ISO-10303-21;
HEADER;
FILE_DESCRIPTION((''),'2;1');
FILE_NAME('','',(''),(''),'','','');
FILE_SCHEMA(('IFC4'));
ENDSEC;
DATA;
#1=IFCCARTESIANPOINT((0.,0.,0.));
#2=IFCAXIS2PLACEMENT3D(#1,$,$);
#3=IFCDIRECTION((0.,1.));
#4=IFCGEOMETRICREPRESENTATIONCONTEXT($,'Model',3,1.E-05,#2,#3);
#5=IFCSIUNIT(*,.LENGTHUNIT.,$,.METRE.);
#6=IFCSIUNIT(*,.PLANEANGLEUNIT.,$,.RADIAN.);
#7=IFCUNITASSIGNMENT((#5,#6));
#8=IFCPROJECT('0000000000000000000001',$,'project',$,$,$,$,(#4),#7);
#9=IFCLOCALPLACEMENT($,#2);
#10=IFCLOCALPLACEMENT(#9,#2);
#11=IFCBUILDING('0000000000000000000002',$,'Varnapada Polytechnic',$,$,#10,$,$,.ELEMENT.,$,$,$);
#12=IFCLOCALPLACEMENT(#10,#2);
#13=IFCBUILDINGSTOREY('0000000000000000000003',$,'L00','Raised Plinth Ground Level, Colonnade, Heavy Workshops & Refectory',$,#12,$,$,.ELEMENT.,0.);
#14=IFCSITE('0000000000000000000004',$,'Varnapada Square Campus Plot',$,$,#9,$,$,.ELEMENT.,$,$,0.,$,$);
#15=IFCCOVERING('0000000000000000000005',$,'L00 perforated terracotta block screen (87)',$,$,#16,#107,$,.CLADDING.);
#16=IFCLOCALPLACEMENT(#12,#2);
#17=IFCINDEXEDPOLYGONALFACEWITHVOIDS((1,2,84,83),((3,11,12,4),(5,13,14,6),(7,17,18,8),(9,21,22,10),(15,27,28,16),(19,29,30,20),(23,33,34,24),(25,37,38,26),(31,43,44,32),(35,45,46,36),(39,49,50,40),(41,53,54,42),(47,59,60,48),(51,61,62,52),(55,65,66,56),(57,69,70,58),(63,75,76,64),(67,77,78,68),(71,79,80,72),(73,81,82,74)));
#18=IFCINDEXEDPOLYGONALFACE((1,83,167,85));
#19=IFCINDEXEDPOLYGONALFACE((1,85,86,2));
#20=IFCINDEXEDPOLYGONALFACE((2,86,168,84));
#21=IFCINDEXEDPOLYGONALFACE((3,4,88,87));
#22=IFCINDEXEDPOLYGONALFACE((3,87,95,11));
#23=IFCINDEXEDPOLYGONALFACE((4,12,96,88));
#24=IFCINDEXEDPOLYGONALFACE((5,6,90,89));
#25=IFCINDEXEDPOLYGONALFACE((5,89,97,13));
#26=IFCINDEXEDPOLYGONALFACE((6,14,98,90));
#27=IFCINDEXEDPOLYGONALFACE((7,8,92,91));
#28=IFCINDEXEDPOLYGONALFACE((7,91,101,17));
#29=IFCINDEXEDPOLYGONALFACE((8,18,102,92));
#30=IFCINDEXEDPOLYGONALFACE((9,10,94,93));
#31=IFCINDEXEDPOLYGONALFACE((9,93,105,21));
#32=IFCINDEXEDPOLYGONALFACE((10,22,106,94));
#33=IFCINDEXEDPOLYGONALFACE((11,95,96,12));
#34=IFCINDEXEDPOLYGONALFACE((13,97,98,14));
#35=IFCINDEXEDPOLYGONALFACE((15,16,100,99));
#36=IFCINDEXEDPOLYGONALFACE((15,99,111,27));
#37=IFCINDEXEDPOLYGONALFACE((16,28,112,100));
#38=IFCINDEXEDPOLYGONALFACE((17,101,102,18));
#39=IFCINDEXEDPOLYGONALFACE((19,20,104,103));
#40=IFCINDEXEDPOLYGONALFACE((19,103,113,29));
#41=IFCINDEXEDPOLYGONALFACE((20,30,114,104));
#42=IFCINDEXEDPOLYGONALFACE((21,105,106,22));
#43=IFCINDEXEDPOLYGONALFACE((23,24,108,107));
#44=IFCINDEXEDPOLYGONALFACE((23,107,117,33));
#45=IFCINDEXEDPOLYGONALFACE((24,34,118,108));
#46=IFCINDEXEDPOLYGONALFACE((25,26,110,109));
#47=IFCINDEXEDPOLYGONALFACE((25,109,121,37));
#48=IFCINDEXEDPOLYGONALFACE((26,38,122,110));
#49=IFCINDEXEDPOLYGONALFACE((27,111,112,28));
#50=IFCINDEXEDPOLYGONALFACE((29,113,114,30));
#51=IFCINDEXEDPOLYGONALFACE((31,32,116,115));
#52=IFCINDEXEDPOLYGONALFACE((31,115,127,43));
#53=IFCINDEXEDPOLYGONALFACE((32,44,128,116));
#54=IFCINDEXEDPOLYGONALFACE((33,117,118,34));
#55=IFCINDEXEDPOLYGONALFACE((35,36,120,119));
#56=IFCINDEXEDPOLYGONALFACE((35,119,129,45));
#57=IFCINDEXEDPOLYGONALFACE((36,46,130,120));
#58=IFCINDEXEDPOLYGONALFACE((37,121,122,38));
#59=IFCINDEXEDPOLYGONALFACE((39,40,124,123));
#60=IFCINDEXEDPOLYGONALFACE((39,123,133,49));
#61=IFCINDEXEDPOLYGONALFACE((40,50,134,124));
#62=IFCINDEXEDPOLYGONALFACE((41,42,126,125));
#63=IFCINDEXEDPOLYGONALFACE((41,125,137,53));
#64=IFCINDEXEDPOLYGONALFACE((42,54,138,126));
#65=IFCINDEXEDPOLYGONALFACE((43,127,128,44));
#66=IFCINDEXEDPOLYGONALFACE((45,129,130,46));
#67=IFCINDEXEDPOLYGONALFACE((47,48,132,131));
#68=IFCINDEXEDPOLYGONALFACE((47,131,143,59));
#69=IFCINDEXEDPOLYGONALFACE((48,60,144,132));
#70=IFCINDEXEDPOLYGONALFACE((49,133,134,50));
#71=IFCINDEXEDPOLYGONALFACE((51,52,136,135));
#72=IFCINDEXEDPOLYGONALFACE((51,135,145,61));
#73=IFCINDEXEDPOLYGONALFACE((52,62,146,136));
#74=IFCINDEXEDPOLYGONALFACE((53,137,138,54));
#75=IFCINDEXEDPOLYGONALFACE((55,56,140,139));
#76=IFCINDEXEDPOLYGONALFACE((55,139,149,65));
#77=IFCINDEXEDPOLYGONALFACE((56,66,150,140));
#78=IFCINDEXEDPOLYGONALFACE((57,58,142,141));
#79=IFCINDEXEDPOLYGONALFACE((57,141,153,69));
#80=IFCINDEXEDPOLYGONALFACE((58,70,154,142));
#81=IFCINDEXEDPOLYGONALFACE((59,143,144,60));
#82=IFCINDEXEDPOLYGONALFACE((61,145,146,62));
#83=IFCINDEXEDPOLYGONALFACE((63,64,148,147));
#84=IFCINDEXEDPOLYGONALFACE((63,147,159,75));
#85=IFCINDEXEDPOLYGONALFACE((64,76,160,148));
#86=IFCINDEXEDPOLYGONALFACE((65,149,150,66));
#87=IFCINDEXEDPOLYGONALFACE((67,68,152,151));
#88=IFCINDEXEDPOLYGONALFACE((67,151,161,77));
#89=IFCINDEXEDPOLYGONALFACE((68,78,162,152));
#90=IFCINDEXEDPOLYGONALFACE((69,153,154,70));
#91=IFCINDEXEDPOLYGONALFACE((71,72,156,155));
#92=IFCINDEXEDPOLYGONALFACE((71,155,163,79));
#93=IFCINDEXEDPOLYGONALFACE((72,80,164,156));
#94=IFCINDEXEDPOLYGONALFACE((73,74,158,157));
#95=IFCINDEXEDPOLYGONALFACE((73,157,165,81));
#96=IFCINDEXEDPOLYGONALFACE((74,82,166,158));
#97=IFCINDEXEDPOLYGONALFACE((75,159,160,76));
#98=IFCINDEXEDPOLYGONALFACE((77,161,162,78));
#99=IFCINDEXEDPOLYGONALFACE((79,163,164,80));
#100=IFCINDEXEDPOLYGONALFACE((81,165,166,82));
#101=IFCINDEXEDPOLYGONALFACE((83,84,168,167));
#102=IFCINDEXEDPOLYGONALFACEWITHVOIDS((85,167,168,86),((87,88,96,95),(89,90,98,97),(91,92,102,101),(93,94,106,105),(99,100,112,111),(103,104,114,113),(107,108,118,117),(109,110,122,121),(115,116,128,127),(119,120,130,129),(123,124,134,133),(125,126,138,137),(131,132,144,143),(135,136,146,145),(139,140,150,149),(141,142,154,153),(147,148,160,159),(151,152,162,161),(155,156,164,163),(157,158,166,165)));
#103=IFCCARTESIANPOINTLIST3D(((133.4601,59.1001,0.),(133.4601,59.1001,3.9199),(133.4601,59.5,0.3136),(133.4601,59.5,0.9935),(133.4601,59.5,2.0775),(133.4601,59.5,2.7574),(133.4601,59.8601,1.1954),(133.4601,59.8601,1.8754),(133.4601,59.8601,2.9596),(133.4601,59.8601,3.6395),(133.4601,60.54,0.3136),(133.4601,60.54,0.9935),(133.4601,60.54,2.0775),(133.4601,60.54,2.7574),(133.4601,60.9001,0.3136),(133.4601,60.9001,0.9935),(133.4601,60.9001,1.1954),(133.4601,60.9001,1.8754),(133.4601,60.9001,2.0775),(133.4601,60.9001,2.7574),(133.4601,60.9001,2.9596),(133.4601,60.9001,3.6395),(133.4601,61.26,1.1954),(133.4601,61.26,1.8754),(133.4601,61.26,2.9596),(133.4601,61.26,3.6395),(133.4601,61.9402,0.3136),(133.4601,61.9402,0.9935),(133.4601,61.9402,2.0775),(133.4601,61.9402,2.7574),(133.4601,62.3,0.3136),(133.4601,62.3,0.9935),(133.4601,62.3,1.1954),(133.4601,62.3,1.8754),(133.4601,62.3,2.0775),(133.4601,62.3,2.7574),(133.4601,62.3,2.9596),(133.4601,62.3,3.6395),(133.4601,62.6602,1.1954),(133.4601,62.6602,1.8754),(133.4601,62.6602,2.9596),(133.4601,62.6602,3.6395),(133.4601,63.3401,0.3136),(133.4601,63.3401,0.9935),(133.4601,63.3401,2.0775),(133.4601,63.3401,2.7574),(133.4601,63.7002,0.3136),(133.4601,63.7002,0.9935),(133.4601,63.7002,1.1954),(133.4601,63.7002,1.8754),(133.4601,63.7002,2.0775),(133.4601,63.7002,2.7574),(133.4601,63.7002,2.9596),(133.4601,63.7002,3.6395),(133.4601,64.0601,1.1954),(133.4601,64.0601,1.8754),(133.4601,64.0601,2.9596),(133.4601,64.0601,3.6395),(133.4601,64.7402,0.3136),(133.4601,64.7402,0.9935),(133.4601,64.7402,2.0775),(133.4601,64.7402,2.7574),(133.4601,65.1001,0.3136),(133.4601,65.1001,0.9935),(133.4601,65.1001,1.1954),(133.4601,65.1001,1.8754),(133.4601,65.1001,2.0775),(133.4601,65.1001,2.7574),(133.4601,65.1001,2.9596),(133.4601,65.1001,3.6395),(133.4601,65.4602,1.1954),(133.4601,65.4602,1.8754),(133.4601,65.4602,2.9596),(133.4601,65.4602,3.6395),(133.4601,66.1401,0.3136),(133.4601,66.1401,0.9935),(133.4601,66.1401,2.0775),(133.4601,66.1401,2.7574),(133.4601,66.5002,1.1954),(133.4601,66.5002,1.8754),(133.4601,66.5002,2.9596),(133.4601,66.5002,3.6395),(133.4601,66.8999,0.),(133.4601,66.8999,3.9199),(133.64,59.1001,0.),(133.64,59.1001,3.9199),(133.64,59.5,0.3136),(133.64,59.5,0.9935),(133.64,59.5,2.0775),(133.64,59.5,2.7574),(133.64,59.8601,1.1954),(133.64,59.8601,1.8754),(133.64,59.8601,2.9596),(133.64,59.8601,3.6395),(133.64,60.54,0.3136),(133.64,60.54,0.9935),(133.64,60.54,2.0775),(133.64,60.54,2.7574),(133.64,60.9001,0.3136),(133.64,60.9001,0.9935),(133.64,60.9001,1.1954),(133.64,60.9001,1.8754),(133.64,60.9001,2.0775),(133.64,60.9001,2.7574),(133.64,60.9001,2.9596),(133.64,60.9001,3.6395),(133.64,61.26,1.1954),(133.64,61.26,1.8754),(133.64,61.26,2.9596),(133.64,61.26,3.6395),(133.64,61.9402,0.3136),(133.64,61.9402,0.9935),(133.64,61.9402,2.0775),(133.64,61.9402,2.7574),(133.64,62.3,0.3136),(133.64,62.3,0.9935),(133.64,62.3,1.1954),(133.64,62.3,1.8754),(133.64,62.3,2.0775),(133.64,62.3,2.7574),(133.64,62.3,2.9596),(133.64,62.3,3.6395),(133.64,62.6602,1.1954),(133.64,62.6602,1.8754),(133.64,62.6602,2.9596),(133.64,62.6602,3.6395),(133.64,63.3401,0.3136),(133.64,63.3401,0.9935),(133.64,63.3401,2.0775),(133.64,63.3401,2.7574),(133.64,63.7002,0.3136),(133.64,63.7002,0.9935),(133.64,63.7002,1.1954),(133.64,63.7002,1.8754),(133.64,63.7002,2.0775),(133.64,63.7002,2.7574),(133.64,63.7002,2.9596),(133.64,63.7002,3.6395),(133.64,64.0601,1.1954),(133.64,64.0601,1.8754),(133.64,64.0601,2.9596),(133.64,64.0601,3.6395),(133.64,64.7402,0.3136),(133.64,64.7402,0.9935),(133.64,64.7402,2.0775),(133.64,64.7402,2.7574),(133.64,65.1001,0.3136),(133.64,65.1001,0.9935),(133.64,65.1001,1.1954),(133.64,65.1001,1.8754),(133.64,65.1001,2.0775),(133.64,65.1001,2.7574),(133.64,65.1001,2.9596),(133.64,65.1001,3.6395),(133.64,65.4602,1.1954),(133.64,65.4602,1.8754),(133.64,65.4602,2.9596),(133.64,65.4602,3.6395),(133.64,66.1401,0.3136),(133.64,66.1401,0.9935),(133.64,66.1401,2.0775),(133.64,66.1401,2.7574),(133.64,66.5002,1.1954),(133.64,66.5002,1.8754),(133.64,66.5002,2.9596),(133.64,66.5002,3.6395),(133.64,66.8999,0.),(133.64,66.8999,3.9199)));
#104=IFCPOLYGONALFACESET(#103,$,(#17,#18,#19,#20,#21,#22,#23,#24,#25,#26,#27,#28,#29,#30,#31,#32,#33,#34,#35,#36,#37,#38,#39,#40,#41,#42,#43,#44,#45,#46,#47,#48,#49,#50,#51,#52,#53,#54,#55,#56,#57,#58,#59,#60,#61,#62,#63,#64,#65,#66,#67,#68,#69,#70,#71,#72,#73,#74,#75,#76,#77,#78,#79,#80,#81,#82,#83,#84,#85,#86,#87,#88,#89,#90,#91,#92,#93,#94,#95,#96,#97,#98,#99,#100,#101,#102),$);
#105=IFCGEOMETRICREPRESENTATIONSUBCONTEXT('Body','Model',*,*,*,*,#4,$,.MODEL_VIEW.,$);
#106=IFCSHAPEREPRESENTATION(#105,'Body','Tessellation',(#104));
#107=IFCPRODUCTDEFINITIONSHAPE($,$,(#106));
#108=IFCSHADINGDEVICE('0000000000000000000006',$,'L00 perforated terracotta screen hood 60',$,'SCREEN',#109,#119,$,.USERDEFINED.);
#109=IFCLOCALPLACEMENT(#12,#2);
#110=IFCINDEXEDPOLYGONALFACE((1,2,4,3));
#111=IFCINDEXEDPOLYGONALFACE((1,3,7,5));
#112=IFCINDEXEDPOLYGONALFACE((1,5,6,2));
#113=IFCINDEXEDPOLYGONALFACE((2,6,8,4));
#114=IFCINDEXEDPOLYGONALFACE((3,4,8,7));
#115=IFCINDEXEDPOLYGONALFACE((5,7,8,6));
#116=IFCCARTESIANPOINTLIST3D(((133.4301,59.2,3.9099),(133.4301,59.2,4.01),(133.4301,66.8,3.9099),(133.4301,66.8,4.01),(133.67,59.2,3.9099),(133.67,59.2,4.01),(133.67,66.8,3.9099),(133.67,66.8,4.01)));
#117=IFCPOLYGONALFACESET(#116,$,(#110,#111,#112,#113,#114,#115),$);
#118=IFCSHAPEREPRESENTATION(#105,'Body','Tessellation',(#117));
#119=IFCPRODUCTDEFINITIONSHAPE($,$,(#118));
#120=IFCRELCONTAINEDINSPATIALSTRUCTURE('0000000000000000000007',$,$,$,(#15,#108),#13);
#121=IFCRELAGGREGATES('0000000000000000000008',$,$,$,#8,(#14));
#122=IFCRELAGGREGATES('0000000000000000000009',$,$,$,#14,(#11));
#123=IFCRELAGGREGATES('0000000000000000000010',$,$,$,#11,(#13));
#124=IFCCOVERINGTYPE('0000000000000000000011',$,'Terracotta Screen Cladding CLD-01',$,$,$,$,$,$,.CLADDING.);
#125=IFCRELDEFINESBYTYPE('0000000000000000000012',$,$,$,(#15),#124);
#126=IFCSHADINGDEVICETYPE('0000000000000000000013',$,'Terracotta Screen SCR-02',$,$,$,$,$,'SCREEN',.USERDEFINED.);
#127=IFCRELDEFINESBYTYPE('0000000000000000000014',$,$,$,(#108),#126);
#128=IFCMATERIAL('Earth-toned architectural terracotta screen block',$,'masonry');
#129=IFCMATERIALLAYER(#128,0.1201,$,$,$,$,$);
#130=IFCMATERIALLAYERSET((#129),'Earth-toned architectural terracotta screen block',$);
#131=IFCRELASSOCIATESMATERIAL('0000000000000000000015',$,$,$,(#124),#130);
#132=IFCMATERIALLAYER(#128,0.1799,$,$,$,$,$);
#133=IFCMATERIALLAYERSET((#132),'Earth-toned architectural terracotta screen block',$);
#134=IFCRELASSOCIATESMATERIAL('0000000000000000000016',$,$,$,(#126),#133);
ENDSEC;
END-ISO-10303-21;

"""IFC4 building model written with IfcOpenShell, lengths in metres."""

from ifc_helpers import new_model, si_unit, direction, frame, frame_2d, origin, origin_2d, place, context, subcontext, project, spatial, rectangle, extrude, material, layer, layer_set, type_object, element, save


model = new_model("IFC4")

# Units and contexts
model_context = context("Model", 3, precision=1e-05, world=origin(), true_north=direction((0.0, 1.0)))
body_context = subcontext(model_context, "Body", "Model", "MODEL_VIEW")
ifc_project = project(units=[si_unit("LENGTHUNIT", "METRE"), si_unit("PLANEANGLEUNIT", "RADIAN")], contexts=[model_context])

# Site, building, storey
site_placement = place(None, origin())
site = spatial("IfcSite", under=ifc_project, at=site_placement, Name="Varnapada Square Campus Plot", CompositionType="ELEMENT", RefElevation=0.0)
building_placement = place(site_placement, origin())
building = spatial("IfcBuilding", under=site, at=building_placement, Name="Varnapada Polytechnic", CompositionType="ELEMENT")
storey_placement = place(building_placement, origin())
storey = spatial("IfcBuildingStorey", under=building, at=storey_placement, Name="L00", Description="Raised Plinth Ground Level, Colonnade, Heavy Workshops & Refectory", CompositionType="ELEMENT", Elevation=0.0)

# Covering, openings
ifc_material_1 = material(Name="Earth-toned architectural terracotta screen block", Category="masonry")
ifc_layer_1 = layer(ifc_material_1, 0.1201)
ifc_layer_set_1 = layer_set([ifc_layer_1], Name="Earth-toned architectural terracotta screen block")
covering_type = type_object("IfcCoveringType", Name="Terracotta Screen Cladding CLD-01", PredefinedType="CLADDING", material=ifc_layer_set_1)
covering_placement = place(storey_placement, frame((133.55, 59.1001, 0.0), z_axis=(0.0, 0.0, 1.0), x_axis=(0.0, 1.0, 0.0)))
covering = element("IfcCovering", 1, at=covering_placement, inside=storey, type_object=covering_type, Name="L00 perforated terracotta block screen (87)", PredefinedType="CLADDING", context=body_context, shape_type="SweptSolid", body=[
    extrude(rectangle(XDim=7.7998, YDim=0.1799, at=frame_2d((3.8999, 0.0))), origin(), (0.0, 0.0, 1.0), 3.9199),
])
opening_1_placement = place(covering_placement, frame((0.3999, 0.0, 0.3137)))
element("IfcOpeningElement", 2, at=opening_1_placement, cuts=covering, PredefinedType="OPENING", context=body_context, shape_type="SweptSolid", body=[
    extrude(rectangle(XDim=1.04, YDim=0.6799, at=frame_2d((0.52, 0.3398))), frame((0.0, 0.0999, 0.0), z_axis=(0.0, -1.0, 0.0), x_axis=(1.0, 0.0, 0.0)), (0.0, 0.0, 1.0), 0.2),
])
opening_2_placement = place(covering_placement, frame((1.8, 0.0, 0.3137)))
element("IfcOpeningElement", 3, at=opening_2_placement, cuts=covering, PredefinedType="OPENING", context=body_context, shape_type="SweptSolid", body=[
    extrude(rectangle(XDim=1.04, YDim=0.6799, at=frame_2d((0.52, 0.3398))), frame((0.0, 0.0999, 0.0), z_axis=(0.0, -1.0, 0.0), x_axis=(1.0, 0.0, 0.0)), (0.0, 0.0, 1.0), 0.2),
])
opening_3_placement = place(covering_placement, frame((3.2, 0.0, 0.3137)))
element("IfcOpeningElement", 4, at=opening_3_placement, cuts=covering, PredefinedType="OPENING", context=body_context, shape_type="SweptSolid", body=[
    extrude(rectangle(XDim=1.04, YDim=0.6799, at=frame_2d((0.52, 0.3398))), frame((0.0, 0.0999, 0.0), z_axis=(0.0, -1.0, 0.0), x_axis=(1.0, 0.0, 0.0)), (0.0, 0.0, 1.0), 0.2),
])
opening_4_placement = place(covering_placement, frame((4.6001, 0.0, 0.3137)))
element("IfcOpeningElement", 5, at=opening_4_placement, cuts=covering, PredefinedType="OPENING", context=body_context, shape_type="SweptSolid", body=[
    extrude(rectangle(XDim=1.04, YDim=0.6799, at=frame_2d((0.52, 0.3398))), frame((0.0, 0.0999, 0.0), z_axis=(0.0, -1.0, 0.0), x_axis=(1.0, 0.0, 0.0)), (0.0, 0.0, 1.0), 0.2),
])
opening_5_placement = place(covering_placement, frame((6.0, 0.0, 0.3137)))
element("IfcOpeningElement", 6, at=opening_5_placement, cuts=covering, PredefinedType="OPENING", context=body_context, shape_type="SweptSolid", body=[
    extrude(rectangle(XDim=1.04, YDim=0.6799, at=frame_2d((0.52, 0.3398))), frame((0.0, 0.0999, 0.0), z_axis=(0.0, -1.0, 0.0), x_axis=(1.0, 0.0, 0.0)), (0.0, 0.0, 1.0), 0.2),
])
opening_6_placement = place(covering_placement, frame((0.76, 0.0, 1.1956)))
element("IfcOpeningElement", 7, at=opening_6_placement, cuts=covering, PredefinedType="OPENING", context=body_context, shape_type="SweptSolid", body=[
    extrude(rectangle(XDim=1.04, YDim=0.6799, at=frame_2d((0.52, 0.3398))), frame((0.0, 0.0999, 0.0), z_axis=(0.0, -1.0, 0.0), x_axis=(1.0, 0.0, 0.0)), (0.0, 0.0, 1.0), 0.2),
])
opening_7_placement = place(covering_placement, frame((2.1599, 0.0, 1.1956)))
element("IfcOpeningElement", 8, at=opening_7_placement, cuts=covering, PredefinedType="OPENING", context=body_context, shape_type="SweptSolid", body=[
    extrude(rectangle(XDim=1.04, YDim=0.6799, at=frame_2d((0.52, 0.3398))), frame((0.0, 0.0999, 0.0), z_axis=(0.0, -1.0, 0.0), x_axis=(1.0, 0.0, 0.0)), (0.0, 0.0, 1.0), 0.2),
])
opening_8_placement = place(covering_placement, frame((3.5601, 0.0, 1.1956)))
element("IfcOpeningElement", 9, at=opening_8_placement, cuts=covering, PredefinedType="OPENING", context=body_context, shape_type="SweptSolid", body=[
    extrude(rectangle(XDim=1.04, YDim=0.6799, at=frame_2d((0.52, 0.3398))), frame((0.0, 0.0999, 0.0), z_axis=(0.0, -1.0, 0.0), x_axis=(1.0, 0.0, 0.0)), (0.0, 0.0, 1.0), 0.2),
])
opening_9_placement = place(covering_placement, frame((4.96, 0.0, 1.1956)))
element("IfcOpeningElement", 10, at=opening_9_placement, cuts=covering, PredefinedType="OPENING", context=body_context, shape_type="SweptSolid", body=[
    extrude(rectangle(XDim=1.04, YDim=0.6799, at=frame_2d((0.52, 0.3398))), frame((0.0, 0.0999, 0.0), z_axis=(0.0, -1.0, 0.0), x_axis=(1.0, 0.0, 0.0)), (0.0, 0.0, 1.0), 0.2),
])
opening_10_placement = place(covering_placement, frame((6.3601, 0.0, 1.1956)))
element("IfcOpeningElement", 11, at=opening_10_placement, cuts=covering, PredefinedType="OPENING", context=body_context, shape_type="SweptSolid", body=[
    extrude(rectangle(XDim=1.04, YDim=0.6799, at=frame_2d((0.52, 0.3398))), frame((0.0, 0.0999, 0.0), z_axis=(0.0, -1.0, 0.0), x_axis=(1.0, 0.0, 0.0)), (0.0, 0.0, 1.0), 0.2),
])
opening_11_placement = place(covering_placement, frame((0.3999, 0.0, 2.0776)))
element("IfcOpeningElement", 12, at=opening_11_placement, cuts=covering, PredefinedType="OPENING", context=body_context, shape_type="SweptSolid", body=[
    extrude(rectangle(XDim=1.04, YDim=0.6799, at=frame_2d((0.52, 0.3398))), frame((0.0, 0.0999, 0.0), z_axis=(0.0, -1.0, 0.0), x_axis=(1.0, 0.0, 0.0)), (0.0, 0.0, 1.0), 0.2),
])
opening_12_placement = place(covering_placement, frame((1.8, 0.0, 2.0776)))
element("IfcOpeningElement", 13, at=opening_12_placement, cuts=covering, PredefinedType="OPENING", context=body_context, shape_type="SweptSolid", body=[
    extrude(rectangle(XDim=1.04, YDim=0.6799, at=frame_2d((0.52, 0.3398))), frame((0.0, 0.0999, 0.0), z_axis=(0.0, -1.0, 0.0), x_axis=(1.0, 0.0, 0.0)), (0.0, 0.0, 1.0), 0.2),
])
opening_13_placement = place(covering_placement, frame((3.2, 0.0, 2.0776)))
element("IfcOpeningElement", 14, at=opening_13_placement, cuts=covering, PredefinedType="OPENING", context=body_context, shape_type="SweptSolid", body=[
    extrude(rectangle(XDim=1.04, YDim=0.6799, at=frame_2d((0.52, 0.3398))), frame((0.0, 0.0999, 0.0), z_axis=(0.0, -1.0, 0.0), x_axis=(1.0, 0.0, 0.0)), (0.0, 0.0, 1.0), 0.2),
])
opening_14_placement = place(covering_placement, frame((4.6001, 0.0, 2.0776)))
element("IfcOpeningElement", 15, at=opening_14_placement, cuts=covering, PredefinedType="OPENING", context=body_context, shape_type="SweptSolid", body=[
    extrude(rectangle(XDim=1.04, YDim=0.6799, at=frame_2d((0.52, 0.3398))), frame((0.0, 0.0999, 0.0), z_axis=(0.0, -1.0, 0.0), x_axis=(1.0, 0.0, 0.0)), (0.0, 0.0, 1.0), 0.2),
])
opening_15_placement = place(covering_placement, frame((6.0, 0.0, 2.0776)))
element("IfcOpeningElement", 16, at=opening_15_placement, cuts=covering, PredefinedType="OPENING", context=body_context, shape_type="SweptSolid", body=[
    extrude(rectangle(XDim=1.04, YDim=0.6799, at=frame_2d((0.52, 0.3398))), frame((0.0, 0.0999, 0.0), z_axis=(0.0, -1.0, 0.0), x_axis=(1.0, 0.0, 0.0)), (0.0, 0.0, 1.0), 0.2),
])
opening_16_placement = place(covering_placement, frame((0.76, 0.0, 2.9597)))
element("IfcOpeningElement", 17, at=opening_16_placement, cuts=covering, PredefinedType="OPENING", context=body_context, shape_type="SweptSolid", body=[
    extrude(rectangle(XDim=1.04, YDim=0.6799, at=frame_2d((0.52, 0.3398))), frame((0.0, 0.0999, 0.0), z_axis=(0.0, -1.0, 0.0), x_axis=(1.0, 0.0, 0.0)), (0.0, 0.0, 1.0), 0.2),
])
opening_17_placement = place(covering_placement, frame((2.1599, 0.0, 2.9597)))
element("IfcOpeningElement", 18, at=opening_17_placement, cuts=covering, PredefinedType="OPENING", context=body_context, shape_type="SweptSolid", body=[
    extrude(rectangle(XDim=1.04, YDim=0.6799, at=frame_2d((0.52, 0.3398))), frame((0.0, 0.0999, 0.0), z_axis=(0.0, -1.0, 0.0), x_axis=(1.0, 0.0, 0.0)), (0.0, 0.0, 1.0), 0.2),
])
opening_18_placement = place(covering_placement, frame((3.5601, 0.0, 2.9597)))
element("IfcOpeningElement", 19, at=opening_18_placement, cuts=covering, PredefinedType="OPENING", context=body_context, shape_type="SweptSolid", body=[
    extrude(rectangle(XDim=1.04, YDim=0.6799, at=frame_2d((0.52, 0.3398))), frame((0.0, 0.0999, 0.0), z_axis=(0.0, -1.0, 0.0), x_axis=(1.0, 0.0, 0.0)), (0.0, 0.0, 1.0), 0.2),
])
opening_19_placement = place(covering_placement, frame((4.96, 0.0, 2.9597)))
element("IfcOpeningElement", 20, at=opening_19_placement, cuts=covering, PredefinedType="OPENING", context=body_context, shape_type="SweptSolid", body=[
    extrude(rectangle(XDim=1.04, YDim=0.6799, at=frame_2d((0.52, 0.3398))), frame((0.0, 0.0999, 0.0), z_axis=(0.0, -1.0, 0.0), x_axis=(1.0, 0.0, 0.0)), (0.0, 0.0, 1.0), 0.2),
])
opening_20_placement = place(covering_placement, frame((6.3601, 0.0, 2.9597)))
element("IfcOpeningElement", 21, at=opening_20_placement, cuts=covering, PredefinedType="OPENING", context=body_context, shape_type="SweptSolid", body=[
    extrude(rectangle(XDim=1.04, YDim=0.6799, at=frame_2d((0.52, 0.3398))), frame((0.0, 0.0999, 0.0), z_axis=(0.0, -1.0, 0.0), x_axis=(1.0, 0.0, 0.0)), (0.0, 0.0, 1.0), 0.2),
])

# Shading device
ifc_layer_2 = layer(ifc_material_1, 0.1799)
ifc_layer_set_2 = layer_set([ifc_layer_2], Name="Earth-toned architectural terracotta screen block")
shading_device_type = type_object("IfcShadingDeviceType", Name="Terracotta Screen SCR-02", ElementType="SCREEN", PredefinedType="USERDEFINED", material=ifc_layer_set_2)
shading_device_placement = place(storey_placement, frame((133.55, 63.0, 3.9099), z_axis=(0.0, 0.0, 1.0), x_axis=(0.0, 1.0, 0.0)))
element("IfcShadingDevice", 22, at=shading_device_placement, inside=storey, type_object=shading_device_type, Name="L00 perforated terracotta screen hood 60", ObjectType="SCREEN", PredefinedType="USERDEFINED", context=body_context, shape_type="SweptSolid", body=[
    extrude(rectangle(XDim=7.6001, YDim=0.24, at=origin_2d()), origin(), (0.0, 0.0, 1.0), 0.1001),
])

save(model, "model.ifc")
